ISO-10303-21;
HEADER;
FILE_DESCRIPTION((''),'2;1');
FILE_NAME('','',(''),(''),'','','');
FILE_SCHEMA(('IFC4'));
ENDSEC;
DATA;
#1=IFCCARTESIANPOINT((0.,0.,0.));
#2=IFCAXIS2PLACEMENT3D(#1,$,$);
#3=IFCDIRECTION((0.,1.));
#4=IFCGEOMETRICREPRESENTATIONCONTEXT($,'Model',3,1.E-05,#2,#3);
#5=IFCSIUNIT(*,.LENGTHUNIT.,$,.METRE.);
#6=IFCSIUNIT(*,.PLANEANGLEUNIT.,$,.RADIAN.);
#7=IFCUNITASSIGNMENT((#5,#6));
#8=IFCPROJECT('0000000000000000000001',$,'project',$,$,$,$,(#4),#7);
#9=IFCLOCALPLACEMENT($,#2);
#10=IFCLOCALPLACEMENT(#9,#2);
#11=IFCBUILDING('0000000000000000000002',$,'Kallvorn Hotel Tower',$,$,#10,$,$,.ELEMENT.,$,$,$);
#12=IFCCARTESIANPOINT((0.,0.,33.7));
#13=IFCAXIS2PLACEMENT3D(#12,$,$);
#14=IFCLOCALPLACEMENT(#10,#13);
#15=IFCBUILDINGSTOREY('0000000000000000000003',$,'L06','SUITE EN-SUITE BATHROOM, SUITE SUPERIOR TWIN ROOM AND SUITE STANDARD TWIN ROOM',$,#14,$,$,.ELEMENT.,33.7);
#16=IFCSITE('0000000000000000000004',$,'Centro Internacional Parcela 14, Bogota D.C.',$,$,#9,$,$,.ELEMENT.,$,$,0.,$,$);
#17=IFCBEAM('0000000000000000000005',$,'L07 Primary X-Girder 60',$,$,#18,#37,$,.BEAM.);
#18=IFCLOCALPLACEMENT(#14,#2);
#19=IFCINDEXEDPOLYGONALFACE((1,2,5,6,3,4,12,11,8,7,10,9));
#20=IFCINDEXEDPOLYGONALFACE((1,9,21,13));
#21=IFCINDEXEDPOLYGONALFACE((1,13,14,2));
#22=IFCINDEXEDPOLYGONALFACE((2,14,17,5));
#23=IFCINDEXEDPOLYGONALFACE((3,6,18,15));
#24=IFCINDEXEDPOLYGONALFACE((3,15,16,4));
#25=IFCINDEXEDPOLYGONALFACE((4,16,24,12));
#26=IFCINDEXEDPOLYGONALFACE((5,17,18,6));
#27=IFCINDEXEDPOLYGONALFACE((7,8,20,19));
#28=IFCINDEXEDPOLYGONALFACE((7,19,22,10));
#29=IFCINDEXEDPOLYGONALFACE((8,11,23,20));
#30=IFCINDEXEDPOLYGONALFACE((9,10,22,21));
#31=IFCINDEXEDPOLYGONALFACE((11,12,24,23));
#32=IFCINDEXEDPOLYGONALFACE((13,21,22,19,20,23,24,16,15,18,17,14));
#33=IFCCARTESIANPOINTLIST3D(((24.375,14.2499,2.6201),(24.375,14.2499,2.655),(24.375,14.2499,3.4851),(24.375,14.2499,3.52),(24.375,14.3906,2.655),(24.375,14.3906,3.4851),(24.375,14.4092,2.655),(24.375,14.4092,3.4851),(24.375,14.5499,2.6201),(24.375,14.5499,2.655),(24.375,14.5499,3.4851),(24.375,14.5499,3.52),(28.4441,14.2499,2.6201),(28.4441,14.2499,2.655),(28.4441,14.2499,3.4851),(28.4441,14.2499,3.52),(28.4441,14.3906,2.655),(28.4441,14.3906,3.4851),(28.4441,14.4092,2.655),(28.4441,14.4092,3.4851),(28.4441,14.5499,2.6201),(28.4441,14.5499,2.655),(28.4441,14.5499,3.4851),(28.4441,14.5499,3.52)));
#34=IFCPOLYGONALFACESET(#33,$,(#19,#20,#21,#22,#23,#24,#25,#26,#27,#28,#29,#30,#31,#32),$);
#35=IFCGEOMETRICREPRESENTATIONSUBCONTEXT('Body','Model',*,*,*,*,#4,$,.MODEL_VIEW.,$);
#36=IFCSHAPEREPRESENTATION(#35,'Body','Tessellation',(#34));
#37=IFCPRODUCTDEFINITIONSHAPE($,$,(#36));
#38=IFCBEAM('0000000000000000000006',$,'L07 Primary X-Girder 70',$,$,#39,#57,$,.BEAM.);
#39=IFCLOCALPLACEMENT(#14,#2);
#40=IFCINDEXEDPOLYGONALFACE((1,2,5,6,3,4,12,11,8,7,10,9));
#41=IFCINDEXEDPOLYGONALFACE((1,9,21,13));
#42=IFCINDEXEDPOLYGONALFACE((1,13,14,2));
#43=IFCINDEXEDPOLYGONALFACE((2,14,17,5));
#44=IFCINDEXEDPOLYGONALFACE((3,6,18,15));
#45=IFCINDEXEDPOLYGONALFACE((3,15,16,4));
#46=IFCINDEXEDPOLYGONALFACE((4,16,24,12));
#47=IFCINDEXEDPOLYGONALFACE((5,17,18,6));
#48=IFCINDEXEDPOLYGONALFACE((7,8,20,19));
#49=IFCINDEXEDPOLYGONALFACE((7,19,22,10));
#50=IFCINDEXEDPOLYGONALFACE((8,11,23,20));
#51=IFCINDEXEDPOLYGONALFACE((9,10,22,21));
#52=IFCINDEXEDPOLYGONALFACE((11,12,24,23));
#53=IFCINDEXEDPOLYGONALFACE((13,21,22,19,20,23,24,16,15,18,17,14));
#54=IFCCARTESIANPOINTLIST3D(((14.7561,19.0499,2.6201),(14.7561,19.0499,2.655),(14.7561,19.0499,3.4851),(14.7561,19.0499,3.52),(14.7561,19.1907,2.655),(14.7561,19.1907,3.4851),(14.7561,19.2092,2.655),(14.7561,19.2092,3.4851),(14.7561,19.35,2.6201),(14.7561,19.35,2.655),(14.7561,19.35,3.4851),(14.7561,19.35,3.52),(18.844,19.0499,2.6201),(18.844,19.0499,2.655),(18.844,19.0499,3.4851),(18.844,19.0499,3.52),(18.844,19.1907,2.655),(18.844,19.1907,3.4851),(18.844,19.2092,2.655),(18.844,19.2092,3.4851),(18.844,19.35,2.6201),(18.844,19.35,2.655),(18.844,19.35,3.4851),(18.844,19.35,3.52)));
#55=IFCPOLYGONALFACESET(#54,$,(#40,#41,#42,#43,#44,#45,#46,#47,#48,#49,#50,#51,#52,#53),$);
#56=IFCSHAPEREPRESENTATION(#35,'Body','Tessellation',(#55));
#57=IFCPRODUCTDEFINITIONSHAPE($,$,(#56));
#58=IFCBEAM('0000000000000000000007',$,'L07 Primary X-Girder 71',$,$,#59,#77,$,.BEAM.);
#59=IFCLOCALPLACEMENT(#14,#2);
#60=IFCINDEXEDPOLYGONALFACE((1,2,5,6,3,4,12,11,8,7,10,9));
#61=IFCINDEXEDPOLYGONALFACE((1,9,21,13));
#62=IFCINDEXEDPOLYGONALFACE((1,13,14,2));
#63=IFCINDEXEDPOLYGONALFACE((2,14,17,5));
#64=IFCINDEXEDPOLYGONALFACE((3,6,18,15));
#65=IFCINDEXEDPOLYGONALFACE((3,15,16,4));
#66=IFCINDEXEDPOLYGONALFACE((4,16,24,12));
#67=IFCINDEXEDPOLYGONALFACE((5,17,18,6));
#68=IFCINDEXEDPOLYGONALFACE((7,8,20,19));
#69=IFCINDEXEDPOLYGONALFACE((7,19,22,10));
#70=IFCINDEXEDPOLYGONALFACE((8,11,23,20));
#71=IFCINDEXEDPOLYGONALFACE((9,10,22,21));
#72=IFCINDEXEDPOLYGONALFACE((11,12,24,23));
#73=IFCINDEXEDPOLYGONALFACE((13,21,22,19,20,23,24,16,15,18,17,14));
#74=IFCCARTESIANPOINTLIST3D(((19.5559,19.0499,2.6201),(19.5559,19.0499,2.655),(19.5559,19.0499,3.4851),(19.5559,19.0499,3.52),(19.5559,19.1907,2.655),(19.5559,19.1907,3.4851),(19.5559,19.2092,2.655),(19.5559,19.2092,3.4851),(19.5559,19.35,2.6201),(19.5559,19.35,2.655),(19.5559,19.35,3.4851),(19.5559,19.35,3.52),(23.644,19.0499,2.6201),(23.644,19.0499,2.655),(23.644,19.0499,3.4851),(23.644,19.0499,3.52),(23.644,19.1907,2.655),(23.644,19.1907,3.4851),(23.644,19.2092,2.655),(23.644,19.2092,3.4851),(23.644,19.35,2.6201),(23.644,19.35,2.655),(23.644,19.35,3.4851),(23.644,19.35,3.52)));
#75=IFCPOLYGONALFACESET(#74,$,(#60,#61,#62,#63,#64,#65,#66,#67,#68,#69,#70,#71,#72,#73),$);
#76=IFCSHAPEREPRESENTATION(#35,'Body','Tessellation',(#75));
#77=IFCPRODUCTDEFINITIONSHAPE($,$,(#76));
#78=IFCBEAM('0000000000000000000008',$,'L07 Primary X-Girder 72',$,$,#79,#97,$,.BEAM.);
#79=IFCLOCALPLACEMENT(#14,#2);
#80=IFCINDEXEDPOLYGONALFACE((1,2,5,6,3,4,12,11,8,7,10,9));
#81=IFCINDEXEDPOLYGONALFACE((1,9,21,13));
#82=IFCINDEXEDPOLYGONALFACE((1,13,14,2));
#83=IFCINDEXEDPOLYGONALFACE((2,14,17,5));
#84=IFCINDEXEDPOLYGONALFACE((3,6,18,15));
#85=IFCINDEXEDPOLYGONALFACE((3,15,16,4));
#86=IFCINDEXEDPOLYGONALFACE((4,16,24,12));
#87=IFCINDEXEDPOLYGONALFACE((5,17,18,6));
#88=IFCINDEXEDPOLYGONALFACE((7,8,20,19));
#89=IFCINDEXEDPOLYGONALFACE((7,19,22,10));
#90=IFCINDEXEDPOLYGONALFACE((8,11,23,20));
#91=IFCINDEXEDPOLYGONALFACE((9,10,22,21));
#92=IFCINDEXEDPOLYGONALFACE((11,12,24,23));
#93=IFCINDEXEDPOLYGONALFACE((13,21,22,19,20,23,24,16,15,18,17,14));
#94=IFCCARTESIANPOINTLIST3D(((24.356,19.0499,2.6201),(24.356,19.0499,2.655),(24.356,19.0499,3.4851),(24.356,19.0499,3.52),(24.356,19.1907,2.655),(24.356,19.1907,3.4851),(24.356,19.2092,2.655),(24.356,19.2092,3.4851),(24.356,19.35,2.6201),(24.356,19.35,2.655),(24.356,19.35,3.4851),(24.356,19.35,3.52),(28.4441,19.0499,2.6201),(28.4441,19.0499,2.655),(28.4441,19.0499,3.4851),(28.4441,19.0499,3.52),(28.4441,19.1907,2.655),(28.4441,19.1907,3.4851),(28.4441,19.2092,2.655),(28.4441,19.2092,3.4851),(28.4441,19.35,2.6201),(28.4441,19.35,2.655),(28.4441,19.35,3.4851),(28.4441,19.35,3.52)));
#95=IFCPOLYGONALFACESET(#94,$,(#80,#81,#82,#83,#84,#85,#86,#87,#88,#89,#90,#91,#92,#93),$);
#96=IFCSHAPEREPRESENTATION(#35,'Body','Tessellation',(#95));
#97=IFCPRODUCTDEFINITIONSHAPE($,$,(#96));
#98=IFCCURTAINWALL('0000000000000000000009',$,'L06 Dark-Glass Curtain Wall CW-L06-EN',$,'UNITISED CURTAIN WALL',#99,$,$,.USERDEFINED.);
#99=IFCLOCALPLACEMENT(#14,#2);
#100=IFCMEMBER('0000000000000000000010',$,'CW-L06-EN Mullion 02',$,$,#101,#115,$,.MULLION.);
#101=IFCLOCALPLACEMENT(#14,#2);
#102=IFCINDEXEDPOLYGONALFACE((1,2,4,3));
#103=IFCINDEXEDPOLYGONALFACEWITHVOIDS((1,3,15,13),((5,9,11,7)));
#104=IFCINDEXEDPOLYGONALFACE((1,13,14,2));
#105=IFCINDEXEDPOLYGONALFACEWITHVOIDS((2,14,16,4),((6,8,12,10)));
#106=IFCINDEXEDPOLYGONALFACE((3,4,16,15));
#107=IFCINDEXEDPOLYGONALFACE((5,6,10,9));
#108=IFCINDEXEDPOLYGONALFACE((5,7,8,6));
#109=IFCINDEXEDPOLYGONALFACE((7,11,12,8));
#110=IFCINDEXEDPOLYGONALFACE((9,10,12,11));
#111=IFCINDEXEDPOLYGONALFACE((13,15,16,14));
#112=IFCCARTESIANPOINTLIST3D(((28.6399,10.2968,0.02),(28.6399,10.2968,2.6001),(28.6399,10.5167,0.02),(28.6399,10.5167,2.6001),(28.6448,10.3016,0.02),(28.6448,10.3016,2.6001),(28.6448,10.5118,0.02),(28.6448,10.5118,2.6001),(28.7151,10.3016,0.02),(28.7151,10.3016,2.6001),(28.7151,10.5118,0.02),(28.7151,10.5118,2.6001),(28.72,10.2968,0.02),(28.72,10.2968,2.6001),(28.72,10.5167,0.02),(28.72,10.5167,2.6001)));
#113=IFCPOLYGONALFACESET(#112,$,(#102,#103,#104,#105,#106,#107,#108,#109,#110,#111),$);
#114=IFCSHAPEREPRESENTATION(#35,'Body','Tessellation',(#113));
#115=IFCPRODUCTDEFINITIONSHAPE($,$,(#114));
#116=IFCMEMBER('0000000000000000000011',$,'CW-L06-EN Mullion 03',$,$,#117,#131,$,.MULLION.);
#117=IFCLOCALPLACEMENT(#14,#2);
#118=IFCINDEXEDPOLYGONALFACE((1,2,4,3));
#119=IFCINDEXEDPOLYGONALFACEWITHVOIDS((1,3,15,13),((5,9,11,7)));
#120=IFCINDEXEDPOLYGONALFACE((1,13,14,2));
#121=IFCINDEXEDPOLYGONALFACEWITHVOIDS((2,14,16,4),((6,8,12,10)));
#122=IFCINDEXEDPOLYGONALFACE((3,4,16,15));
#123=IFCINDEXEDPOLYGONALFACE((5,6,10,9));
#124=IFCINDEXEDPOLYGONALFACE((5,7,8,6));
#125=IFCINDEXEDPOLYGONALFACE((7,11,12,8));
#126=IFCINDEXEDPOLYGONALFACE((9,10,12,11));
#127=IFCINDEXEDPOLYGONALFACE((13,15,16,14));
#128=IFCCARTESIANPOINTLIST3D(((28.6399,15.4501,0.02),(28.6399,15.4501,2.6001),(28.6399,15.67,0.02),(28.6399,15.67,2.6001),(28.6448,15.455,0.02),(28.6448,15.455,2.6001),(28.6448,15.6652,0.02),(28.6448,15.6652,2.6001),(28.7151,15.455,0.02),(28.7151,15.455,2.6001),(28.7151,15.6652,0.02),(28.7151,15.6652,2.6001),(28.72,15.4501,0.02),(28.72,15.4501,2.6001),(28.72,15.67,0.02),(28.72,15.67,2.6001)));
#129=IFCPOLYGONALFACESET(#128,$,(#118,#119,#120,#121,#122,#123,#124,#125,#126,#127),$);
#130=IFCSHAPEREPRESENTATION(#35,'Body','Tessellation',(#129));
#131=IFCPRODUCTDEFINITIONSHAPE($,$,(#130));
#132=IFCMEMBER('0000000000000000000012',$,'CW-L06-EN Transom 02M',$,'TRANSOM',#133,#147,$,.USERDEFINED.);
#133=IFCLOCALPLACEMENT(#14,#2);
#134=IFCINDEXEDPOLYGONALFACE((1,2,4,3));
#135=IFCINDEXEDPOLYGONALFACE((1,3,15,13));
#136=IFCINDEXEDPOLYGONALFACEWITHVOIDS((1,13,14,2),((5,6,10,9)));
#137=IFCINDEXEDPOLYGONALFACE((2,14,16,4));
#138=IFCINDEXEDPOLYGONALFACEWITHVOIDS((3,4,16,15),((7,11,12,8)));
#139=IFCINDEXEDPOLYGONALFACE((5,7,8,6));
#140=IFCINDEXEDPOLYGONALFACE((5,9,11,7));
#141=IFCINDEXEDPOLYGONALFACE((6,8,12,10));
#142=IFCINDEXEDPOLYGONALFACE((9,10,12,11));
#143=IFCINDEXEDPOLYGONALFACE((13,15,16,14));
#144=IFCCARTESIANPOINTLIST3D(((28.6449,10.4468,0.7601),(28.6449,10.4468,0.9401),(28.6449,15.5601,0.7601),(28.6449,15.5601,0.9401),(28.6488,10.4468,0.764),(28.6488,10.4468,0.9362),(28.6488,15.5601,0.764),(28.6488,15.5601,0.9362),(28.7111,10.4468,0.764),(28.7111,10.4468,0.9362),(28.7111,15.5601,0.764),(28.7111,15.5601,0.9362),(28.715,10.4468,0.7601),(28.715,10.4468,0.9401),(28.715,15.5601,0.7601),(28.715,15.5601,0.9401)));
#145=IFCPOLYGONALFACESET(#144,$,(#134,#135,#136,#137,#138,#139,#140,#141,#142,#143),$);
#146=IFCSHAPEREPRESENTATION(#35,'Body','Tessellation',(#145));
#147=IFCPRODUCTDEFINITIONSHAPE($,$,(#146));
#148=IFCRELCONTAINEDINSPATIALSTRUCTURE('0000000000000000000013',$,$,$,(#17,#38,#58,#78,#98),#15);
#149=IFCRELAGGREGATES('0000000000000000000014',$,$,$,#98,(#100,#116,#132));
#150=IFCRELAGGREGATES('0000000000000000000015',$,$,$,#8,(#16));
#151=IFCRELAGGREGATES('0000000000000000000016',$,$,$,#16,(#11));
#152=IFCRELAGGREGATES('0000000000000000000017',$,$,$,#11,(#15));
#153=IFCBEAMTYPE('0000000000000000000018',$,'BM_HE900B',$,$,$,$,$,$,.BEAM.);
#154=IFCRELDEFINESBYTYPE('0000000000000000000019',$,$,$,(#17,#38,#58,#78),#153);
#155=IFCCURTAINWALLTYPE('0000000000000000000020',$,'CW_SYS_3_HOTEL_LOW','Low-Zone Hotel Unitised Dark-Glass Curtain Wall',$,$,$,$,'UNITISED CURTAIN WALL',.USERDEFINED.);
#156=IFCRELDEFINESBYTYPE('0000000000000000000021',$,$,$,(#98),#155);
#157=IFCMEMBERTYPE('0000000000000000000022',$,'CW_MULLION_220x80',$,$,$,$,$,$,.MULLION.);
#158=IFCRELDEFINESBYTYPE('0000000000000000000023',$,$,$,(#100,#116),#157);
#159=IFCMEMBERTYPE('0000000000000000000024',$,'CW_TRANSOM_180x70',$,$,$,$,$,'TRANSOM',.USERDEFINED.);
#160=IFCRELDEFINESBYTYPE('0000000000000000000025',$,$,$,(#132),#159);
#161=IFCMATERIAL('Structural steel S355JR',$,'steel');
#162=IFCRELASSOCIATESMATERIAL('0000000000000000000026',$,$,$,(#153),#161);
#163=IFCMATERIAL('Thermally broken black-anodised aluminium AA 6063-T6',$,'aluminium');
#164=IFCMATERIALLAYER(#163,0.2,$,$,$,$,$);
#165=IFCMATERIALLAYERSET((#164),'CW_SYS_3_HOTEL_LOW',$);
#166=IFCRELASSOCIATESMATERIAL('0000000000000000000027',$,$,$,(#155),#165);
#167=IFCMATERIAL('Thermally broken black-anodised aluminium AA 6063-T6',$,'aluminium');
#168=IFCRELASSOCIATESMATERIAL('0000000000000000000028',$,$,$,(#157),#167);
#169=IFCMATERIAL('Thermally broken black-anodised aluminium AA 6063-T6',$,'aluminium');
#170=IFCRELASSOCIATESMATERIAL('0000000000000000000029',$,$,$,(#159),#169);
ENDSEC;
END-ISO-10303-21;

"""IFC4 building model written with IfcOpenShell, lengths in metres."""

from ifc_helpers import new_model, si_unit, direction, frame, origin, origin_2d, place, context, subcontext, project, spatial, hollow_rectangle, i_section, extrude, material, layer, layer_set, material_profile, profile_set, type_object, element, aggregate, save


model = new_model("IFC4")

# Units and contexts
model_context = context("Model", 3, precision=1e-05, world=origin(), true_north=direction((0.0, 1.0)))
body_context = subcontext(model_context, "Body", "Model", "MODEL_VIEW")
ifc_project = project(units=[si_unit("LENGTHUNIT", "METRE"), si_unit("PLANEANGLEUNIT", "RADIAN")], contexts=[model_context])

# Site, building, storey
site_placement = place(None, origin())
site = spatial("IfcSite", under=ifc_project, at=site_placement, Name="Centro Internacional Parcela 14, Bogota D.C.", CompositionType="ELEMENT", RefElevation=0.0)
building_placement = place(site_placement, origin())
building = spatial("IfcBuilding", under=site, at=building_placement, Name="Kallvorn Hotel Tower", CompositionType="ELEMENT")
storey_placement = place(building_placement, frame((0.0, 0.0, 33.7)))
storey = spatial("IfcBuildingStorey", under=building, at=storey_placement, Name="L06", Description="SUITE EN-SUITE BATHROOM, SUITE SUPERIOR TWIN ROOM AND SUITE STANDARD TWIN ROOM", CompositionType="ELEMENT", Elevation=33.7)

# Beams
ifc_material_1 = material(Name="Structural steel S355JR", Category="steel")
ifc_material_profile_1 = material_profile(ifc_material_1, i_section(OverallWidth=0.3, OverallDepth=0.8999, WebThickness=0.0186, FlangeThickness=0.0349, at=origin_2d()), Name="HE 900 B")
ifc_profile_set_1 = profile_set([ifc_material_profile_1], Name="Structural steel S355JR")
beam_type_1 = type_object("IfcBeamType", Name="BM_HE900B", PredefinedType="BEAM", material=ifc_profile_set_1)
for number, where, z_axis, x_axis, name in (
    (1, (24.375, 14.3999, 3.0701), (1.0, 0.0, 0.0), (0.0, 1.0, 0.0), "L07 Primary X-Girder 60"),
):
    element("IfcBeam", number, at=place(storey_placement, frame(where, z_axis=z_axis, x_axis=x_axis)), inside=storey, type_object=beam_type_1, Name=name, PredefinedType="BEAM", context=body_context, shape_type="SweptSolid", body=[
        extrude(i_section(OverallWidth=0.3, OverallDepth=0.8999, WebThickness=0.0186, FlangeThickness=0.0349, at=origin_2d()), origin(), (0.0, 0.0, 1.0), 4.0691),
    ])
beam_1_placement = place(storey_placement, frame((14.7561, 19.2, 3.0701), z_axis=(1.0, 0.0, 0.0), x_axis=(0.0, 1.0, 0.0)))
element("IfcBeam", 2, at=beam_1_placement, inside=storey, type_object=beam_type_1, Name="L07 Primary X-Girder 70", PredefinedType="BEAM", context=body_context, shape_type="SweptSolid", body=[
    extrude(i_section(OverallWidth=0.3, OverallDepth=0.8999, WebThickness=0.0186, FlangeThickness=0.0349, at=origin_2d()), origin(), (0.0, 0.0, 1.0), 4.0879),
])
for number, where, z_axis, x_axis, name in (
    (3, (19.5559, 19.2, 3.0701), (1.0, 0.0, 0.0), (0.0, 1.0, 0.0), "L07 Primary X-Girder 71"),
    (4, (24.356, 19.2, 3.0701), (1.0, 0.0, 0.0), (0.0, 1.0, 0.0), "L07 Primary X-Girder 72"),
):
    element("IfcBeam", number, at=place(storey_placement, frame(where, z_axis=z_axis, x_axis=x_axis)), inside=storey, type_object=beam_type_1, Name=name, PredefinedType="BEAM", context=body_context, shape_type="SweptSolid", body=[
        extrude(i_section(OverallWidth=0.3, OverallDepth=0.8999, WebThickness=0.0186, FlangeThickness=0.0349, at=origin_2d()), origin(), (0.0, 0.0, 1.0), 4.0881),
    ])

# Curtain wall, members
ifc_material_2 = material(Name="Thermally broken black-anodised aluminium AA 6063-T6", Category="aluminium")
ifc_layer_1 = layer(ifc_material_2, 0.2)
ifc_layer_set_1 = layer_set([ifc_layer_1], Name="CW_SYS_3_HOTEL_LOW")
curtain_wall_type = type_object("IfcCurtainWallType", Name="CW_SYS_3_HOTEL_LOW", Description="Low-Zone Hotel Unitised Dark-Glass Curtain Wall", ElementType="UNITISED CURTAIN WALL", PredefinedType="USERDEFINED", material=ifc_layer_set_1)
curtain_wall_placement = place(storey_placement, origin())
curtain_wall = element("IfcCurtainWall", 5, at=curtain_wall_placement, inside=storey, type_object=curtain_wall_type, Name="L06 Dark-Glass Curtain Wall CW-L06-EN", ObjectType="UNITISED CURTAIN WALL", PredefinedType="USERDEFINED")
ifc_material_3 = material(Name="Thermally broken black-anodised aluminium AA 6063-T6", Category="aluminium")
ifc_material_profile_2 = material_profile(ifc_material_3, hollow_rectangle(XDim=0.0801, YDim=0.22, WallThickness=0.0049, at=origin_2d()), Name="MUL 220x80")
ifc_profile_set_2 = profile_set([ifc_material_profile_2], Name="Thermally broken black-anodised aluminium AA 6063-T6")
member_type_1 = type_object("IfcMemberType", Name="CW_MULLION_220x80", PredefinedType="MULLION", material=ifc_profile_set_2)
member_1_placement = place(storey_placement, frame((28.6799, 10.4067, 0.02), z_axis=(0.0, 0.0, 1.0), x_axis=(1.0, 0.0, 0.0)))
member_1 = element("IfcMember", 6, at=member_1_placement, type_object=member_type_1, Name="CW-L06-EN Mullion 02", PredefinedType="MULLION", context=body_context, shape_type="SweptSolid", body=[
    extrude(hollow_rectangle(XDim=0.0801, YDim=0.22, WallThickness=0.0049, at=origin_2d()), origin(), (0.0, 0.0, 1.0), 2.5801),
])
member_2_placement = place(storey_placement, frame((28.6799, 15.5601, 0.02), z_axis=(0.0, 0.0, 1.0), x_axis=(1.0, 0.0, 0.0)))
member_2 = element("IfcMember", 7, at=member_2_placement, type_object=member_type_1, Name="CW-L06-EN Mullion 03", PredefinedType="MULLION", context=body_context, shape_type="SweptSolid", body=[
    extrude(hollow_rectangle(XDim=0.0801, YDim=0.22, WallThickness=0.0049, at=origin_2d()), origin(), (0.0, 0.0, 1.0), 2.5801),
])
ifc_material_4 = material(Name="Thermally broken black-anodised aluminium AA 6063-T6", Category="aluminium")
ifc_material_profile_3 = material_profile(ifc_material_4, hollow_rectangle(XDim=0.0701, YDim=0.1799, WallThickness=0.0039, at=origin_2d()), Name="TRN 180x70")
ifc_profile_set_3 = profile_set([ifc_material_profile_3], Name="Thermally broken black-anodised aluminium AA 6063-T6")
member_type_2 = type_object("IfcMemberType", Name="CW_TRANSOM_180x70", ElementType="TRANSOM", PredefinedType="USERDEFINED", material=ifc_profile_set_3)
member_3_placement = place(storey_placement, frame((28.6799, 10.4468, 0.8501), z_axis=(0.0, 1.0, 0.0), x_axis=(-1.0, 0.0, 0.0)))
member_3 = element("IfcMember", 8, at=member_3_placement, type_object=member_type_2, Name="CW-L06-EN Transom 02M", ObjectType="TRANSOM", PredefinedType="USERDEFINED", context=body_context, shape_type="SweptSolid", body=[
    extrude(hollow_rectangle(XDim=0.0701, YDim=0.1799, WallThickness=0.0039, at=origin_2d()), origin(), (0.0, 0.0, 1.0), 5.1133),
])

aggregate(curtain_wall, [member_1, member_2, member_3])

save(model, "model.ifc")
